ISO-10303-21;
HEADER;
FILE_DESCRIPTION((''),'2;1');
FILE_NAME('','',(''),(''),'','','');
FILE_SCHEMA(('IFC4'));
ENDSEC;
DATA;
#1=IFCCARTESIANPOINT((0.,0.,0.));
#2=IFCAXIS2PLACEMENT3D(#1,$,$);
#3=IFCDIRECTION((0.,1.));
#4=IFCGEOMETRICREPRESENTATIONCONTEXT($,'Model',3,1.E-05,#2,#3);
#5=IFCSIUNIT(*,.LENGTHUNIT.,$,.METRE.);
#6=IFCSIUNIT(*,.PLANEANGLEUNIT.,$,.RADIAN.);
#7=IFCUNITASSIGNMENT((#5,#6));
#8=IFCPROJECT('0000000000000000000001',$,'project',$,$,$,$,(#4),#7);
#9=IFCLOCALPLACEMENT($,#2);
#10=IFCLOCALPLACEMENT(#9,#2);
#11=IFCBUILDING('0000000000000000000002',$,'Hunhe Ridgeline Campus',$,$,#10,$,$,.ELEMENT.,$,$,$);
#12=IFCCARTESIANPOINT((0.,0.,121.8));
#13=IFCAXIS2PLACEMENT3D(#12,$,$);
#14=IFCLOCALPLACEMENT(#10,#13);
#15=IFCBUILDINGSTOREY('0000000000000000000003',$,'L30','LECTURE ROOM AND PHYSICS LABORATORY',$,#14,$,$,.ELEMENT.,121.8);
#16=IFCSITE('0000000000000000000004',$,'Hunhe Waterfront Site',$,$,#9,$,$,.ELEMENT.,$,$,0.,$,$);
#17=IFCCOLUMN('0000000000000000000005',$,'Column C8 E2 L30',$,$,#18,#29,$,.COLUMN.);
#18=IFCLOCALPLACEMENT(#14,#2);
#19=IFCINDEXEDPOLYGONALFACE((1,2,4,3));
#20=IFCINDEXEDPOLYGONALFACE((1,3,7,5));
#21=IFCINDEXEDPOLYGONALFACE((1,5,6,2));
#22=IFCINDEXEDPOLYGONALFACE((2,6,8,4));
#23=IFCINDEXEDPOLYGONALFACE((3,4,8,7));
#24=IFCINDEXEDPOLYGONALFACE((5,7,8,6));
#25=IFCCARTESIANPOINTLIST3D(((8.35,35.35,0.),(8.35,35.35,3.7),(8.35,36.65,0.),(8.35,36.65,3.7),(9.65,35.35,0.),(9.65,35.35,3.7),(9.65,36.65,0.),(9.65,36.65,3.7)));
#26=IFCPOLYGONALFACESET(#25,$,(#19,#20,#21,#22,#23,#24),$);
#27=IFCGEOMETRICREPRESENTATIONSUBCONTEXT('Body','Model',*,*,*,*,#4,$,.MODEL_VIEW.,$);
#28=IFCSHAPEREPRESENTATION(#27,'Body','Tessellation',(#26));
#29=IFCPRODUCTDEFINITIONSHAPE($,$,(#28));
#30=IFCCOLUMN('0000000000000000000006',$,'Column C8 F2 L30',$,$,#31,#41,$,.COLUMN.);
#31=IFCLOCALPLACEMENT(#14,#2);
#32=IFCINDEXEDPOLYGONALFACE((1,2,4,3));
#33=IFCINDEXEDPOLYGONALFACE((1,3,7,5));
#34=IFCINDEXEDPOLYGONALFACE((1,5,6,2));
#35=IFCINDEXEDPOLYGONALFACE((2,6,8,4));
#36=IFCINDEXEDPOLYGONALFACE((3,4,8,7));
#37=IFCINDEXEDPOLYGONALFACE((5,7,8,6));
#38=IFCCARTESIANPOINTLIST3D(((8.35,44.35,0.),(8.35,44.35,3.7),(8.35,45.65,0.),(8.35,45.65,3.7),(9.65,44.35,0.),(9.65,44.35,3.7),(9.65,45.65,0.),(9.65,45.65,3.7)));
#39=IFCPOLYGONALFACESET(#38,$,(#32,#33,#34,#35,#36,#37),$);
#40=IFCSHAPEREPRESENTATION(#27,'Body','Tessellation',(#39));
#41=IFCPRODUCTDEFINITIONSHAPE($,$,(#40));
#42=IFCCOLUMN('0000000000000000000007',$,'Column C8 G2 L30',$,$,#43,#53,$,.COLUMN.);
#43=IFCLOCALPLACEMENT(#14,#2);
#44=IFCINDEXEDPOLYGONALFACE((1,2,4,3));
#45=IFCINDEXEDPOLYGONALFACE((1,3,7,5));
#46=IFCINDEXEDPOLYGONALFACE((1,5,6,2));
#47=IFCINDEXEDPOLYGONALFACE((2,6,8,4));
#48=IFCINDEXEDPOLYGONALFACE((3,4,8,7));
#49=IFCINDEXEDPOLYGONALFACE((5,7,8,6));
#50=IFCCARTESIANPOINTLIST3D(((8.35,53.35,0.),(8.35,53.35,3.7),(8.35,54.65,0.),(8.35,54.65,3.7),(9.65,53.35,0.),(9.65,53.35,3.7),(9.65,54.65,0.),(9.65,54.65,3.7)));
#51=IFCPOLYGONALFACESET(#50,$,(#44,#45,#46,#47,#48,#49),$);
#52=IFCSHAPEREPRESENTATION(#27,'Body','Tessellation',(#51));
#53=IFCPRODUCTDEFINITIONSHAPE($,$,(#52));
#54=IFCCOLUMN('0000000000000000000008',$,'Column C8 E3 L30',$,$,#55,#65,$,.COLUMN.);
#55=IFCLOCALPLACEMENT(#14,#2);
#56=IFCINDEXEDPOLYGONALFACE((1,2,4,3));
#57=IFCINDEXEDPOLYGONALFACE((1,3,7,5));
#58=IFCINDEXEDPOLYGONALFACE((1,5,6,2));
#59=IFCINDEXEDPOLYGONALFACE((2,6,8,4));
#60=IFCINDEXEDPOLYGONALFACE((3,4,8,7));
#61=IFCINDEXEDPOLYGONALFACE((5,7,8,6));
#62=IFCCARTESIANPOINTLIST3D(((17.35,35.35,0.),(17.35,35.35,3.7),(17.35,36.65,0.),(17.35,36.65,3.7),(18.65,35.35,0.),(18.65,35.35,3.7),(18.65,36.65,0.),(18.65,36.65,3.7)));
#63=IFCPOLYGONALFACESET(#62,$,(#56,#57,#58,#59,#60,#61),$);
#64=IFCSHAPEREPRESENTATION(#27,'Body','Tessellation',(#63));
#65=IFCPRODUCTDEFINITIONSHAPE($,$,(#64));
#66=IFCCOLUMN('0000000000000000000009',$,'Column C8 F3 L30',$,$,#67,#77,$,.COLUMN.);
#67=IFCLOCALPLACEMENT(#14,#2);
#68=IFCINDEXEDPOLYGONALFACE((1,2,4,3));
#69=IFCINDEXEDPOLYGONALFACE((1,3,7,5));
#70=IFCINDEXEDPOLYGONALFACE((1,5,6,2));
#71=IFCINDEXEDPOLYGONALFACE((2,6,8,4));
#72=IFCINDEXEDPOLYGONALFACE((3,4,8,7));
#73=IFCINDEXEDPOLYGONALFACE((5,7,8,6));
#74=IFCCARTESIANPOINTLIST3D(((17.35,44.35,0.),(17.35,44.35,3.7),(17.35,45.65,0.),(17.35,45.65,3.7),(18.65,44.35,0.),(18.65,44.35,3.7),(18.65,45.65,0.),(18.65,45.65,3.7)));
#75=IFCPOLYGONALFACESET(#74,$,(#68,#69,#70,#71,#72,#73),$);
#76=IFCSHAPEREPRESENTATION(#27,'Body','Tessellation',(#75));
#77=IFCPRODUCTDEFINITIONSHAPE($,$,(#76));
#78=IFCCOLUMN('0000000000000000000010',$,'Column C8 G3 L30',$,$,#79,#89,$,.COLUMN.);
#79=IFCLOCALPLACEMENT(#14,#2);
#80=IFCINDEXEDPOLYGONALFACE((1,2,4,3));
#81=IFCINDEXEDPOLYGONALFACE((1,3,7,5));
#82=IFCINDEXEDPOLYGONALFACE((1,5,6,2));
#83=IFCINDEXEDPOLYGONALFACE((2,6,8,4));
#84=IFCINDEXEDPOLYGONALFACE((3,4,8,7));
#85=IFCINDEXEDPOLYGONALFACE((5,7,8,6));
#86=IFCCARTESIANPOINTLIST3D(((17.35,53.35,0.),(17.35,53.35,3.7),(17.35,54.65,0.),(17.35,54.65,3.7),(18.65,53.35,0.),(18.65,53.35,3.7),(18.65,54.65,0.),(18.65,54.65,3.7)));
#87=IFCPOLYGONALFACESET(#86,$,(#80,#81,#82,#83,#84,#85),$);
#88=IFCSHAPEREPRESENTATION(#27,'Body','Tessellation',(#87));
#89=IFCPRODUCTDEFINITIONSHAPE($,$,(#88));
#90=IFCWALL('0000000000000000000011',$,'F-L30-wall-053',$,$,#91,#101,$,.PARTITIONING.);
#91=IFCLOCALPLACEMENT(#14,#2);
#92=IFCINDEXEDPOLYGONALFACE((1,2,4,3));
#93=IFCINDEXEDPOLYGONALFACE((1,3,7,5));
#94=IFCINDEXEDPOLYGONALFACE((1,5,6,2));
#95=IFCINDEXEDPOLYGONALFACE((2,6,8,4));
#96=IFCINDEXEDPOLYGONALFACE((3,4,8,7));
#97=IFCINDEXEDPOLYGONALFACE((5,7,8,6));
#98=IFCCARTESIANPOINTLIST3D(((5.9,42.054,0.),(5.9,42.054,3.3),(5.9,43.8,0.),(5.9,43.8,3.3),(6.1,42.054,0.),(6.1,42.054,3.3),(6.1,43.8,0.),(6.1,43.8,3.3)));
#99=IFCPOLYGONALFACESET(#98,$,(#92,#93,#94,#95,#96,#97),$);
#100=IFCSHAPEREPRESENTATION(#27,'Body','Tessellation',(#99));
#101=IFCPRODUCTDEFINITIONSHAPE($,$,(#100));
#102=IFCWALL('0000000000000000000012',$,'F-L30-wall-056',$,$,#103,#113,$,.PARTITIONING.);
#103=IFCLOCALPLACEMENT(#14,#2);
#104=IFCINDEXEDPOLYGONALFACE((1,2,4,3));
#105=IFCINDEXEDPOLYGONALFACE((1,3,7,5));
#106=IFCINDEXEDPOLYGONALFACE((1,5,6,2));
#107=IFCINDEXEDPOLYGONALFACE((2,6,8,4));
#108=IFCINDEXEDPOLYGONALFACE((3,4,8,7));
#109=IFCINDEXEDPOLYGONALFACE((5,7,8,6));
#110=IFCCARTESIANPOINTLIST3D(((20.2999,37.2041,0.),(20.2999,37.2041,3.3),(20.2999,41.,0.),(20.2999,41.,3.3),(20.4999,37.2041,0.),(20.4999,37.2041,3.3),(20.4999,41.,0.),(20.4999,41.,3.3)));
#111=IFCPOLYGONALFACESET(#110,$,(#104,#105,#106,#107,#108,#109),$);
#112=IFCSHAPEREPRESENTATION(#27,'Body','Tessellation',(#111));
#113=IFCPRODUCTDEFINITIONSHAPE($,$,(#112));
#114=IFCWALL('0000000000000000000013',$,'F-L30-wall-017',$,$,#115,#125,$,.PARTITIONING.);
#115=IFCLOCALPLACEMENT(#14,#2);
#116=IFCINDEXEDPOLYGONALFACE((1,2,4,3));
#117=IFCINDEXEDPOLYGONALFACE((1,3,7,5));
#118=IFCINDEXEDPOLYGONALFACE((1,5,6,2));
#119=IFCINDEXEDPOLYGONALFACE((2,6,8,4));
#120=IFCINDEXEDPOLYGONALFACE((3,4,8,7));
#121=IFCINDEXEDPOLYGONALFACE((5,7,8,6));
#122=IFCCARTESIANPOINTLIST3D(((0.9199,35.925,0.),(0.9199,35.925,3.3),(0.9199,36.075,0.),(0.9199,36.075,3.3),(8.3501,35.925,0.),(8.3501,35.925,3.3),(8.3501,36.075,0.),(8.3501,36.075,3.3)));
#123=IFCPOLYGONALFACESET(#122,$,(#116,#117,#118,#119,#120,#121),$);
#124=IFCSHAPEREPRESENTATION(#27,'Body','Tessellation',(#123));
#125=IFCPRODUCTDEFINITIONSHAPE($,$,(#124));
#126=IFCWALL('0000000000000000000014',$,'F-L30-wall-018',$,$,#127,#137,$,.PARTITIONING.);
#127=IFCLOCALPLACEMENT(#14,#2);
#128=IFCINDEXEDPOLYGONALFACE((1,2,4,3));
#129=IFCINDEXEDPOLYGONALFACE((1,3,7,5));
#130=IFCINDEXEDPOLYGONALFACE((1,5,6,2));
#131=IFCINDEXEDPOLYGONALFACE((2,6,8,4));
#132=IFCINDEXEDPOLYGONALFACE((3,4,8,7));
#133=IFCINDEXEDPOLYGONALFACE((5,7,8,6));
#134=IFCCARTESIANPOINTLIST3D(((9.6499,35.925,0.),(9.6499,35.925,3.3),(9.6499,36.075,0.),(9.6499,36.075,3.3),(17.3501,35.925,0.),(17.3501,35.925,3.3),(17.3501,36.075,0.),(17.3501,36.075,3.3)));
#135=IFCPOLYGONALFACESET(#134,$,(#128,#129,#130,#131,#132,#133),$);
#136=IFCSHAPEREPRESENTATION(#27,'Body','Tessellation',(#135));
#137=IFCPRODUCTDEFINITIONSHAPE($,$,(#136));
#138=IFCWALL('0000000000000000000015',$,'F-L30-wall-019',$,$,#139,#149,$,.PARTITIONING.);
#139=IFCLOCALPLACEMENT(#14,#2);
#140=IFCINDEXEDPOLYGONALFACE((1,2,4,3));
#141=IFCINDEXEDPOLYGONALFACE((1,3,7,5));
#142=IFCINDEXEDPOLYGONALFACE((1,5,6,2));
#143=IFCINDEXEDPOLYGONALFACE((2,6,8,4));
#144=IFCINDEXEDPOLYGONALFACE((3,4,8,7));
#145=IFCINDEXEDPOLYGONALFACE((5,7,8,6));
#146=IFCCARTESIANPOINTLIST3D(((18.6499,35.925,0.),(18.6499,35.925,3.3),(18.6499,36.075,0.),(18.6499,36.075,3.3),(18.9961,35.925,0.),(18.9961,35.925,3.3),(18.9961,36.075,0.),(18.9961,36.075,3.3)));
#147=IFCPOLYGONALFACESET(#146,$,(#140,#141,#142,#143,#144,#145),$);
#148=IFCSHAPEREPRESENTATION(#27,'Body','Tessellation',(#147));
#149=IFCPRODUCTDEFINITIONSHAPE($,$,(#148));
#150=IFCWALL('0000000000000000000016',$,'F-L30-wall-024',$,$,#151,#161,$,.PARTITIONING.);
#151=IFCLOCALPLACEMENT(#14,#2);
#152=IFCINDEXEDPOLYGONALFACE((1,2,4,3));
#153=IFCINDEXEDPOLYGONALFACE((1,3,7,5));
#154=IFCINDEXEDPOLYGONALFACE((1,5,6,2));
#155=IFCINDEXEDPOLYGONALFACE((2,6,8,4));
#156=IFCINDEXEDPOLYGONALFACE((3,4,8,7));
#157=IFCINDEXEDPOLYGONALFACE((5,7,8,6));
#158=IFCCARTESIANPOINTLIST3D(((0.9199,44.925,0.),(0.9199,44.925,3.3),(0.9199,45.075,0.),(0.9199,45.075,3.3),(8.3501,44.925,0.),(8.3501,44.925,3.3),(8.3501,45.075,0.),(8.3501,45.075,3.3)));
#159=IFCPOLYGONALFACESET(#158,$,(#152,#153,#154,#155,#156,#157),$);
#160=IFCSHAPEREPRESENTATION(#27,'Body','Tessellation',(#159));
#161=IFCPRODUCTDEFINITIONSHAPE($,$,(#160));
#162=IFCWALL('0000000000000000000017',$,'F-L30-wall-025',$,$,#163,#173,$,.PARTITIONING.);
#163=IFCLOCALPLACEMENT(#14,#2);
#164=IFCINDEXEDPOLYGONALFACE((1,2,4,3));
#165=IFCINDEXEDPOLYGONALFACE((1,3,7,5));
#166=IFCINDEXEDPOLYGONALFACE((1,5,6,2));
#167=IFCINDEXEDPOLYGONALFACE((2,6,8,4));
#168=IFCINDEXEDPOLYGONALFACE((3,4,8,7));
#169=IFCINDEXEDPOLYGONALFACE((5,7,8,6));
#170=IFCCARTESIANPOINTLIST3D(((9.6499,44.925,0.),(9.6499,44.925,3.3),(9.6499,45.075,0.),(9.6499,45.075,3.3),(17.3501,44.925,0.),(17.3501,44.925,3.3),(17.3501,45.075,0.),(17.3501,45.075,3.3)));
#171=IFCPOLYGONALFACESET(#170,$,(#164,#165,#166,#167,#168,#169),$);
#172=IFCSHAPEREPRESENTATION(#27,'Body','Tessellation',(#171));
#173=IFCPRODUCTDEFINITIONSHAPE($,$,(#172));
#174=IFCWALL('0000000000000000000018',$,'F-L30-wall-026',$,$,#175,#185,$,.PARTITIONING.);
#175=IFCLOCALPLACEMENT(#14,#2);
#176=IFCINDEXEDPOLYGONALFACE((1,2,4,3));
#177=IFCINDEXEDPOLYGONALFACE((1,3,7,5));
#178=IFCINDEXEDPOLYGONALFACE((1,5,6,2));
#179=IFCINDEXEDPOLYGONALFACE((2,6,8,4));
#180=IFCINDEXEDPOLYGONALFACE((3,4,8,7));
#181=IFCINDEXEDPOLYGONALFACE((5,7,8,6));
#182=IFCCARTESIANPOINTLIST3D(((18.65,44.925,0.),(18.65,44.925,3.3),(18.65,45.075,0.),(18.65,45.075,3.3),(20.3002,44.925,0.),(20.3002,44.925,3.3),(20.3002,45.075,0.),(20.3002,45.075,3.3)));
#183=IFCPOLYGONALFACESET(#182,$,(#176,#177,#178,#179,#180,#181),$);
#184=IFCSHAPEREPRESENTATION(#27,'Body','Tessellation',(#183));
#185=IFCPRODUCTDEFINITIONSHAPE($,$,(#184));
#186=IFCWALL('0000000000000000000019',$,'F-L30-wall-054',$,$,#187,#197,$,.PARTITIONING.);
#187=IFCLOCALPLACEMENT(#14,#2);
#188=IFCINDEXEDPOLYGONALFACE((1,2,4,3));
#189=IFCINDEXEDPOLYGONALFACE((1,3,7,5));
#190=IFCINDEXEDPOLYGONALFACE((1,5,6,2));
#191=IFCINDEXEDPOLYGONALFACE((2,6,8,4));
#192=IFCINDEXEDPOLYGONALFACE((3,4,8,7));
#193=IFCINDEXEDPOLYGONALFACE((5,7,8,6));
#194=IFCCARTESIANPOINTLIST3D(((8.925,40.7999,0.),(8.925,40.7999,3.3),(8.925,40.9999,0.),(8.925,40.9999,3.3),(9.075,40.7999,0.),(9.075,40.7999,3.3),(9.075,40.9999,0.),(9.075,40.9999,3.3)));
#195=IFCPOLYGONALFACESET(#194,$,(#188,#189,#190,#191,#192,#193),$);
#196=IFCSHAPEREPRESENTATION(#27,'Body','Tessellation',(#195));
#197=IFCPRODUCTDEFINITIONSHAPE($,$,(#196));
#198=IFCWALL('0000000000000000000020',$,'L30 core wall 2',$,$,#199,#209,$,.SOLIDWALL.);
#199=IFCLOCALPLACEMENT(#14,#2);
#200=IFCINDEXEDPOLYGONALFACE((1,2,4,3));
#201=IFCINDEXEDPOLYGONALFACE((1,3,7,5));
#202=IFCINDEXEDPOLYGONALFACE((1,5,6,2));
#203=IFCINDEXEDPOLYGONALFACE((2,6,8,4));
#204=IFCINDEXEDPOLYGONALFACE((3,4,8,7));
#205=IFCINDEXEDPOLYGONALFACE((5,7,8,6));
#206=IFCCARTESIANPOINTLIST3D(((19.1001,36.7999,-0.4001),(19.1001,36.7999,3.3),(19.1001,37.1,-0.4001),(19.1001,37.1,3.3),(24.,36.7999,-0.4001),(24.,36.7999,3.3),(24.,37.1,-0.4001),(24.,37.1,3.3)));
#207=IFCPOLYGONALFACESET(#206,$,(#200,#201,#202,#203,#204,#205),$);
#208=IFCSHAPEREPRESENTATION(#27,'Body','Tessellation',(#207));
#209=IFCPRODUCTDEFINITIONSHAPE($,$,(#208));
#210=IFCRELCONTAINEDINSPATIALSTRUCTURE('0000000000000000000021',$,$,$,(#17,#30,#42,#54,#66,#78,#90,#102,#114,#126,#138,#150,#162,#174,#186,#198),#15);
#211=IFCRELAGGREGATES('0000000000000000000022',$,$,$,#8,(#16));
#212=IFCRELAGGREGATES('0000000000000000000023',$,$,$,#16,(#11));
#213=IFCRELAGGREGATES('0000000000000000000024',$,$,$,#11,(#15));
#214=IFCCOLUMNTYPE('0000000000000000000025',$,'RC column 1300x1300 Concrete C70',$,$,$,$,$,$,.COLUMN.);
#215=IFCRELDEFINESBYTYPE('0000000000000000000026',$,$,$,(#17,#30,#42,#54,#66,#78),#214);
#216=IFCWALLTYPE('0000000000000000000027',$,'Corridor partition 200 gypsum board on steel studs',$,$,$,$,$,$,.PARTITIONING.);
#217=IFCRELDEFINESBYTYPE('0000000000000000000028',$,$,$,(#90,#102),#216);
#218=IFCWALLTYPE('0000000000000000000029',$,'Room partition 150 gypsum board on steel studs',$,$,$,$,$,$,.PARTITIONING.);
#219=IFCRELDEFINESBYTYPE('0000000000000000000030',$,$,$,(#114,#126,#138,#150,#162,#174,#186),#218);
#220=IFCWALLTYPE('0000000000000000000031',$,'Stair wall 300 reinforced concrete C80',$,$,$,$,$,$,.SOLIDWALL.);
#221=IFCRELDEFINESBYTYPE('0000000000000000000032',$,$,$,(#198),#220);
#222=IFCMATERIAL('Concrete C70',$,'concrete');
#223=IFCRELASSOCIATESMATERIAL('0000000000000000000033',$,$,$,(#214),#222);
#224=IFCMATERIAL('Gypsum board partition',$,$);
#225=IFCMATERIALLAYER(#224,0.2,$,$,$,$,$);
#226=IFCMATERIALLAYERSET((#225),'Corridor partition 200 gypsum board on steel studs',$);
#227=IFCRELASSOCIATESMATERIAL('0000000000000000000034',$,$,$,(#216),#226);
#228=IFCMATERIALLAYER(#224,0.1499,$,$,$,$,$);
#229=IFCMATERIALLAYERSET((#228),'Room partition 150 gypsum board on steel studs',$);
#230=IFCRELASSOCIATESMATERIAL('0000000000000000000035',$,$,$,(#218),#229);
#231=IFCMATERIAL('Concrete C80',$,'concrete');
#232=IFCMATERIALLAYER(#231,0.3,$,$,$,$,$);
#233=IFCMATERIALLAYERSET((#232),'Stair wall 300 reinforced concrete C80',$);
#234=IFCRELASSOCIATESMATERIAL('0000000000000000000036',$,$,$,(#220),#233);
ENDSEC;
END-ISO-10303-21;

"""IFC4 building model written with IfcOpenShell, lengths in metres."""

from ifc_helpers import new_model, si_unit, direction, frame, frame_2d, origin, origin_2d, place, context, subcontext, project, spatial, rectangle, extrude, material, layer, layer_set, material_profile, profile_set, type_object, element, save


model = new_model("IFC4")

# Units and contexts
model_context = context("Model", 3, precision=1e-05, world=origin(), true_north=direction((0.0, 1.0)))
body_context = subcontext(model_context, "Body", "Model", "MODEL_VIEW")
ifc_project = project(units=[si_unit("LENGTHUNIT", "METRE"), si_unit("PLANEANGLEUNIT", "RADIAN")], contexts=[model_context])

# Site, building, storey
site_placement = place(None, origin())
site = spatial("IfcSite", under=ifc_project, at=site_placement, Name="Hunhe Waterfront Site", CompositionType="ELEMENT", RefElevation=0.0)
building_placement = place(site_placement, origin())
building = spatial("IfcBuilding", under=site, at=building_placement, Name="Hunhe Ridgeline Campus", CompositionType="ELEMENT")
storey_placement = place(building_placement, frame((0.0, 0.0, 121.8)))
storey = spatial("IfcBuildingStorey", under=building, at=storey_placement, Name="L30", Description="LECTURE ROOM AND PHYSICS LABORATORY", CompositionType="ELEMENT", Elevation=121.8)

# Columns
ifc_material_1 = material(Name="Concrete C70", Category="concrete")
ifc_material_profile = material_profile(ifc_material_1, rectangle(XDim=1.3, YDim=1.3, at=origin_2d()))
ifc_profile_set = profile_set([ifc_material_profile], Name="Concrete C70")
column_type = type_object("IfcColumnType", Name="RC column 1300x1300 Concrete C70", PredefinedType="COLUMN", material=ifc_profile_set)
for number, where, z_axis, x_axis, name in (
    (1, (9.0, 36.0, 0.0), (0.0, 0.0, 1.0), (1.0, 0.0, 0.0), "Column C8 E2 L30"),
    (2, (9.0, 45.0, 0.0), (0.0, 0.0, 1.0), (1.0, 0.0, 0.0), "Column C8 F2 L30"),
    (3, (9.0, 54.0, 0.0), (0.0, 0.0, 1.0), (1.0, 0.0, 0.0), "Column C8 G2 L30"),
    (4, (18.0, 36.0, 0.0), (0.0, 0.0, 1.0), (1.0, 0.0, 0.0), "Column C8 E3 L30"),
    (5, (18.0, 45.0, 0.0), (0.0, 0.0, 1.0), (1.0, 0.0, 0.0), "Column C8 F3 L30"),
    (6, (18.0, 54.0, 0.0), (0.0, 0.0, 1.0), (1.0, 0.0, 0.0), "Column C8 G3 L30"),
):
    element("IfcColumn", number, at=place(storey_placement, frame(where, z_axis=z_axis, x_axis=x_axis)), inside=storey, type_object=column_type, Name=name, PredefinedType="COLUMN", context=body_context, shape_type="SweptSolid", body=[
        extrude(rectangle(XDim=1.3, YDim=1.3, at=origin_2d()), origin(), (0.0, 0.0, 1.0), 3.7),
    ])

# Shared definitions
ifc_material_2 = material(Name="Gypsum board partition")
ifc_layer_1 = layer(ifc_material_2, 0.2)
ifc_layer_set_1 = layer_set([ifc_layer_1], Name="Corridor partition 200 gypsum board on steel studs")
wall_type_1 = type_object("IfcWallType", Name="Corridor partition 200 gypsum board on steel studs", PredefinedType="PARTITIONING", material=ifc_layer_set_1)

# Walls
wall_1_placement = place(storey_placement, frame((6.0, 42.054, 0.0), z_axis=(0.0, 0.0, 1.0), x_axis=(0.0, 1.0, 0.0)))
element("IfcWall", 7, at=wall_1_placement, inside=storey, type_object=wall_type_1, Name="F-L30-wall-053", PredefinedType="PARTITIONING", context=body_context, shape_type="SweptSolid", body=[
    extrude(rectangle(XDim=1.7461, YDim=0.2, at=frame_2d((0.873, 0.0))), origin(), (0.0, 0.0, 1.0), 3.3),
])
wall_2_placement = place(storey_placement, frame((20.3999, 37.2041, 0.0), z_axis=(0.0, 0.0, 1.0), x_axis=(0.0, 1.0, 0.0)))
element("IfcWall", 8, at=wall_2_placement, inside=storey, type_object=wall_type_1, Name="F-L30-wall-056", PredefinedType="PARTITIONING", context=body_context, shape_type="SweptSolid", body=[
    extrude(rectangle(XDim=3.7959, YDim=0.2, at=frame_2d((1.8979, 0.0))), origin(), (0.0, 0.0, 1.0), 3.3),
])

# Walls
ifc_layer_2 = layer(ifc_material_2, 0.1499)
ifc_layer_set_2 = layer_set([ifc_layer_2], Name="Room partition 150 gypsum board on steel studs")
wall_type_2 = type_object("IfcWallType", Name="Room partition 150 gypsum board on steel studs", PredefinedType="PARTITIONING", material=ifc_layer_set_2)
wall_3_placement = place(storey_placement, frame((0.9199, 36.0, 0.0), z_axis=(0.0, 0.0, 1.0), x_axis=(1.0, 0.0, 0.0)))
element("IfcWall", 9, at=wall_3_placement, inside=storey, type_object=wall_type_2, Name="F-L30-wall-017", PredefinedType="PARTITIONING", context=body_context, shape_type="SweptSolid", body=[
    extrude(rectangle(XDim=7.4302, YDim=0.1499, at=frame_2d((3.7151, 0.0))), origin(), (0.0, 0.0, 1.0), 3.3),
])
wall_4_placement = place(storey_placement, frame((9.6499, 36.0, 0.0), z_axis=(0.0, 0.0, 1.0), x_axis=(1.0, 0.0, 0.0)))
element("IfcWall", 10, at=wall_4_placement, inside=storey, type_object=wall_type_2, Name="F-L30-wall-018", PredefinedType="PARTITIONING", context=body_context, shape_type="SweptSolid", body=[
    extrude(rectangle(XDim=7.7002, YDim=0.1499, at=frame_2d((3.8501, 0.0))), origin(), (0.0, 0.0, 1.0), 3.3),
])
wall_5_placement = place(storey_placement, frame((18.6499, 36.0, 0.0), z_axis=(0.0, 0.0, 1.0), x_axis=(1.0, 0.0, 0.0)))
element("IfcWall", 11, at=wall_5_placement, inside=storey, type_object=wall_type_2, Name="F-L30-wall-019", PredefinedType="PARTITIONING", context=body_context, shape_type="SweptSolid", body=[
    extrude(rectangle(XDim=0.3462, YDim=0.1499, at=frame_2d((0.1731, 0.0))), origin(), (0.0, 0.0, 1.0), 3.3),
])
wall_6_placement = place(storey_placement, frame((0.9199, 45.0, 0.0), z_axis=(0.0, 0.0, 1.0), x_axis=(1.0, 0.0, 0.0)))
element("IfcWall", 12, at=wall_6_placement, inside=storey, type_object=wall_type_2, Name="F-L30-wall-024", PredefinedType="PARTITIONING", context=body_context, shape_type="SweptSolid", body=[
    extrude(rectangle(XDim=7.4302, YDim=0.1499, at=frame_2d((3.7151, 0.0))), origin(), (0.0, 0.0, 1.0), 3.3),
])
wall_7_placement = place(storey_placement, frame((9.6499, 45.0, 0.0), z_axis=(0.0, 0.0, 1.0), x_axis=(1.0, 0.0, 0.0)))
element("IfcWall", 13, at=wall_7_placement, inside=storey, type_object=wall_type_2, Name="F-L30-wall-025", PredefinedType="PARTITIONING", context=body_context, shape_type="SweptSolid", body=[
    extrude(rectangle(XDim=7.7002, YDim=0.1499, at=frame_2d((3.8501, 0.0))), origin(), (0.0, 0.0, 1.0), 3.3),
])
wall_8_placement = place(storey_placement, frame((18.6499, 45.0, 0.0), z_axis=(0.0, 0.0, 1.0), x_axis=(1.0, 0.0, 0.0)))
element("IfcWall", 14, at=wall_8_placement, inside=storey, type_object=wall_type_2, Name="F-L30-wall-026", PredefinedType="PARTITIONING", context=body_context, shape_type="SweptSolid", body=[
    extrude(rectangle(XDim=1.6501, YDim=0.1499, at=frame_2d((0.8252, 0.0))), origin(), (0.0, 0.0, 1.0), 3.3),
])
wall_9_placement = place(storey_placement, frame((9.0, 41.0, 0.0), z_axis=(0.0, 0.0, 1.0), x_axis=(0.0, -1.0, 0.0)))
element("IfcWall", 15, at=wall_9_placement, inside=storey, type_object=wall_type_2, Name="F-L30-wall-054", PredefinedType="PARTITIONING", context=body_context, shape_type="SweptSolid", body=[
    extrude(rectangle(XDim=0.2, YDim=0.1499, at=frame_2d((0.1001, 0.0))), origin(), (0.0, 0.0, 1.0), 3.3),
])
ifc_material_3 = material(Name="Concrete C80", Category="concrete")
ifc_layer_3 = layer(ifc_material_3, 0.3)
ifc_layer_set_3 = layer_set([ifc_layer_3], Name="Stair wall 300 reinforced concrete C80")
wall_type_3 = type_object("IfcWallType", Name="Stair wall 300 reinforced concrete C80", PredefinedType="SOLIDWALL", material=ifc_layer_set_3)
wall_10_placement = place(storey_placement, frame((19.1001, 36.95, -0.4001), z_axis=(0.0, 0.0, 1.0), x_axis=(1.0, 0.0, 0.0)))
element("IfcWall", 16, at=wall_10_placement, inside=storey, type_object=wall_type_3, Name="L30 core wall 2", PredefinedType="SOLIDWALL", context=body_context, shape_type="SweptSolid", body=[
    extrude(rectangle(XDim=4.8999, YDim=0.3, at=frame_2d((2.45, 0.0))), origin(), (0.0, 0.0, 1.0), 3.7002),
])

save(model, "model.ifc")
